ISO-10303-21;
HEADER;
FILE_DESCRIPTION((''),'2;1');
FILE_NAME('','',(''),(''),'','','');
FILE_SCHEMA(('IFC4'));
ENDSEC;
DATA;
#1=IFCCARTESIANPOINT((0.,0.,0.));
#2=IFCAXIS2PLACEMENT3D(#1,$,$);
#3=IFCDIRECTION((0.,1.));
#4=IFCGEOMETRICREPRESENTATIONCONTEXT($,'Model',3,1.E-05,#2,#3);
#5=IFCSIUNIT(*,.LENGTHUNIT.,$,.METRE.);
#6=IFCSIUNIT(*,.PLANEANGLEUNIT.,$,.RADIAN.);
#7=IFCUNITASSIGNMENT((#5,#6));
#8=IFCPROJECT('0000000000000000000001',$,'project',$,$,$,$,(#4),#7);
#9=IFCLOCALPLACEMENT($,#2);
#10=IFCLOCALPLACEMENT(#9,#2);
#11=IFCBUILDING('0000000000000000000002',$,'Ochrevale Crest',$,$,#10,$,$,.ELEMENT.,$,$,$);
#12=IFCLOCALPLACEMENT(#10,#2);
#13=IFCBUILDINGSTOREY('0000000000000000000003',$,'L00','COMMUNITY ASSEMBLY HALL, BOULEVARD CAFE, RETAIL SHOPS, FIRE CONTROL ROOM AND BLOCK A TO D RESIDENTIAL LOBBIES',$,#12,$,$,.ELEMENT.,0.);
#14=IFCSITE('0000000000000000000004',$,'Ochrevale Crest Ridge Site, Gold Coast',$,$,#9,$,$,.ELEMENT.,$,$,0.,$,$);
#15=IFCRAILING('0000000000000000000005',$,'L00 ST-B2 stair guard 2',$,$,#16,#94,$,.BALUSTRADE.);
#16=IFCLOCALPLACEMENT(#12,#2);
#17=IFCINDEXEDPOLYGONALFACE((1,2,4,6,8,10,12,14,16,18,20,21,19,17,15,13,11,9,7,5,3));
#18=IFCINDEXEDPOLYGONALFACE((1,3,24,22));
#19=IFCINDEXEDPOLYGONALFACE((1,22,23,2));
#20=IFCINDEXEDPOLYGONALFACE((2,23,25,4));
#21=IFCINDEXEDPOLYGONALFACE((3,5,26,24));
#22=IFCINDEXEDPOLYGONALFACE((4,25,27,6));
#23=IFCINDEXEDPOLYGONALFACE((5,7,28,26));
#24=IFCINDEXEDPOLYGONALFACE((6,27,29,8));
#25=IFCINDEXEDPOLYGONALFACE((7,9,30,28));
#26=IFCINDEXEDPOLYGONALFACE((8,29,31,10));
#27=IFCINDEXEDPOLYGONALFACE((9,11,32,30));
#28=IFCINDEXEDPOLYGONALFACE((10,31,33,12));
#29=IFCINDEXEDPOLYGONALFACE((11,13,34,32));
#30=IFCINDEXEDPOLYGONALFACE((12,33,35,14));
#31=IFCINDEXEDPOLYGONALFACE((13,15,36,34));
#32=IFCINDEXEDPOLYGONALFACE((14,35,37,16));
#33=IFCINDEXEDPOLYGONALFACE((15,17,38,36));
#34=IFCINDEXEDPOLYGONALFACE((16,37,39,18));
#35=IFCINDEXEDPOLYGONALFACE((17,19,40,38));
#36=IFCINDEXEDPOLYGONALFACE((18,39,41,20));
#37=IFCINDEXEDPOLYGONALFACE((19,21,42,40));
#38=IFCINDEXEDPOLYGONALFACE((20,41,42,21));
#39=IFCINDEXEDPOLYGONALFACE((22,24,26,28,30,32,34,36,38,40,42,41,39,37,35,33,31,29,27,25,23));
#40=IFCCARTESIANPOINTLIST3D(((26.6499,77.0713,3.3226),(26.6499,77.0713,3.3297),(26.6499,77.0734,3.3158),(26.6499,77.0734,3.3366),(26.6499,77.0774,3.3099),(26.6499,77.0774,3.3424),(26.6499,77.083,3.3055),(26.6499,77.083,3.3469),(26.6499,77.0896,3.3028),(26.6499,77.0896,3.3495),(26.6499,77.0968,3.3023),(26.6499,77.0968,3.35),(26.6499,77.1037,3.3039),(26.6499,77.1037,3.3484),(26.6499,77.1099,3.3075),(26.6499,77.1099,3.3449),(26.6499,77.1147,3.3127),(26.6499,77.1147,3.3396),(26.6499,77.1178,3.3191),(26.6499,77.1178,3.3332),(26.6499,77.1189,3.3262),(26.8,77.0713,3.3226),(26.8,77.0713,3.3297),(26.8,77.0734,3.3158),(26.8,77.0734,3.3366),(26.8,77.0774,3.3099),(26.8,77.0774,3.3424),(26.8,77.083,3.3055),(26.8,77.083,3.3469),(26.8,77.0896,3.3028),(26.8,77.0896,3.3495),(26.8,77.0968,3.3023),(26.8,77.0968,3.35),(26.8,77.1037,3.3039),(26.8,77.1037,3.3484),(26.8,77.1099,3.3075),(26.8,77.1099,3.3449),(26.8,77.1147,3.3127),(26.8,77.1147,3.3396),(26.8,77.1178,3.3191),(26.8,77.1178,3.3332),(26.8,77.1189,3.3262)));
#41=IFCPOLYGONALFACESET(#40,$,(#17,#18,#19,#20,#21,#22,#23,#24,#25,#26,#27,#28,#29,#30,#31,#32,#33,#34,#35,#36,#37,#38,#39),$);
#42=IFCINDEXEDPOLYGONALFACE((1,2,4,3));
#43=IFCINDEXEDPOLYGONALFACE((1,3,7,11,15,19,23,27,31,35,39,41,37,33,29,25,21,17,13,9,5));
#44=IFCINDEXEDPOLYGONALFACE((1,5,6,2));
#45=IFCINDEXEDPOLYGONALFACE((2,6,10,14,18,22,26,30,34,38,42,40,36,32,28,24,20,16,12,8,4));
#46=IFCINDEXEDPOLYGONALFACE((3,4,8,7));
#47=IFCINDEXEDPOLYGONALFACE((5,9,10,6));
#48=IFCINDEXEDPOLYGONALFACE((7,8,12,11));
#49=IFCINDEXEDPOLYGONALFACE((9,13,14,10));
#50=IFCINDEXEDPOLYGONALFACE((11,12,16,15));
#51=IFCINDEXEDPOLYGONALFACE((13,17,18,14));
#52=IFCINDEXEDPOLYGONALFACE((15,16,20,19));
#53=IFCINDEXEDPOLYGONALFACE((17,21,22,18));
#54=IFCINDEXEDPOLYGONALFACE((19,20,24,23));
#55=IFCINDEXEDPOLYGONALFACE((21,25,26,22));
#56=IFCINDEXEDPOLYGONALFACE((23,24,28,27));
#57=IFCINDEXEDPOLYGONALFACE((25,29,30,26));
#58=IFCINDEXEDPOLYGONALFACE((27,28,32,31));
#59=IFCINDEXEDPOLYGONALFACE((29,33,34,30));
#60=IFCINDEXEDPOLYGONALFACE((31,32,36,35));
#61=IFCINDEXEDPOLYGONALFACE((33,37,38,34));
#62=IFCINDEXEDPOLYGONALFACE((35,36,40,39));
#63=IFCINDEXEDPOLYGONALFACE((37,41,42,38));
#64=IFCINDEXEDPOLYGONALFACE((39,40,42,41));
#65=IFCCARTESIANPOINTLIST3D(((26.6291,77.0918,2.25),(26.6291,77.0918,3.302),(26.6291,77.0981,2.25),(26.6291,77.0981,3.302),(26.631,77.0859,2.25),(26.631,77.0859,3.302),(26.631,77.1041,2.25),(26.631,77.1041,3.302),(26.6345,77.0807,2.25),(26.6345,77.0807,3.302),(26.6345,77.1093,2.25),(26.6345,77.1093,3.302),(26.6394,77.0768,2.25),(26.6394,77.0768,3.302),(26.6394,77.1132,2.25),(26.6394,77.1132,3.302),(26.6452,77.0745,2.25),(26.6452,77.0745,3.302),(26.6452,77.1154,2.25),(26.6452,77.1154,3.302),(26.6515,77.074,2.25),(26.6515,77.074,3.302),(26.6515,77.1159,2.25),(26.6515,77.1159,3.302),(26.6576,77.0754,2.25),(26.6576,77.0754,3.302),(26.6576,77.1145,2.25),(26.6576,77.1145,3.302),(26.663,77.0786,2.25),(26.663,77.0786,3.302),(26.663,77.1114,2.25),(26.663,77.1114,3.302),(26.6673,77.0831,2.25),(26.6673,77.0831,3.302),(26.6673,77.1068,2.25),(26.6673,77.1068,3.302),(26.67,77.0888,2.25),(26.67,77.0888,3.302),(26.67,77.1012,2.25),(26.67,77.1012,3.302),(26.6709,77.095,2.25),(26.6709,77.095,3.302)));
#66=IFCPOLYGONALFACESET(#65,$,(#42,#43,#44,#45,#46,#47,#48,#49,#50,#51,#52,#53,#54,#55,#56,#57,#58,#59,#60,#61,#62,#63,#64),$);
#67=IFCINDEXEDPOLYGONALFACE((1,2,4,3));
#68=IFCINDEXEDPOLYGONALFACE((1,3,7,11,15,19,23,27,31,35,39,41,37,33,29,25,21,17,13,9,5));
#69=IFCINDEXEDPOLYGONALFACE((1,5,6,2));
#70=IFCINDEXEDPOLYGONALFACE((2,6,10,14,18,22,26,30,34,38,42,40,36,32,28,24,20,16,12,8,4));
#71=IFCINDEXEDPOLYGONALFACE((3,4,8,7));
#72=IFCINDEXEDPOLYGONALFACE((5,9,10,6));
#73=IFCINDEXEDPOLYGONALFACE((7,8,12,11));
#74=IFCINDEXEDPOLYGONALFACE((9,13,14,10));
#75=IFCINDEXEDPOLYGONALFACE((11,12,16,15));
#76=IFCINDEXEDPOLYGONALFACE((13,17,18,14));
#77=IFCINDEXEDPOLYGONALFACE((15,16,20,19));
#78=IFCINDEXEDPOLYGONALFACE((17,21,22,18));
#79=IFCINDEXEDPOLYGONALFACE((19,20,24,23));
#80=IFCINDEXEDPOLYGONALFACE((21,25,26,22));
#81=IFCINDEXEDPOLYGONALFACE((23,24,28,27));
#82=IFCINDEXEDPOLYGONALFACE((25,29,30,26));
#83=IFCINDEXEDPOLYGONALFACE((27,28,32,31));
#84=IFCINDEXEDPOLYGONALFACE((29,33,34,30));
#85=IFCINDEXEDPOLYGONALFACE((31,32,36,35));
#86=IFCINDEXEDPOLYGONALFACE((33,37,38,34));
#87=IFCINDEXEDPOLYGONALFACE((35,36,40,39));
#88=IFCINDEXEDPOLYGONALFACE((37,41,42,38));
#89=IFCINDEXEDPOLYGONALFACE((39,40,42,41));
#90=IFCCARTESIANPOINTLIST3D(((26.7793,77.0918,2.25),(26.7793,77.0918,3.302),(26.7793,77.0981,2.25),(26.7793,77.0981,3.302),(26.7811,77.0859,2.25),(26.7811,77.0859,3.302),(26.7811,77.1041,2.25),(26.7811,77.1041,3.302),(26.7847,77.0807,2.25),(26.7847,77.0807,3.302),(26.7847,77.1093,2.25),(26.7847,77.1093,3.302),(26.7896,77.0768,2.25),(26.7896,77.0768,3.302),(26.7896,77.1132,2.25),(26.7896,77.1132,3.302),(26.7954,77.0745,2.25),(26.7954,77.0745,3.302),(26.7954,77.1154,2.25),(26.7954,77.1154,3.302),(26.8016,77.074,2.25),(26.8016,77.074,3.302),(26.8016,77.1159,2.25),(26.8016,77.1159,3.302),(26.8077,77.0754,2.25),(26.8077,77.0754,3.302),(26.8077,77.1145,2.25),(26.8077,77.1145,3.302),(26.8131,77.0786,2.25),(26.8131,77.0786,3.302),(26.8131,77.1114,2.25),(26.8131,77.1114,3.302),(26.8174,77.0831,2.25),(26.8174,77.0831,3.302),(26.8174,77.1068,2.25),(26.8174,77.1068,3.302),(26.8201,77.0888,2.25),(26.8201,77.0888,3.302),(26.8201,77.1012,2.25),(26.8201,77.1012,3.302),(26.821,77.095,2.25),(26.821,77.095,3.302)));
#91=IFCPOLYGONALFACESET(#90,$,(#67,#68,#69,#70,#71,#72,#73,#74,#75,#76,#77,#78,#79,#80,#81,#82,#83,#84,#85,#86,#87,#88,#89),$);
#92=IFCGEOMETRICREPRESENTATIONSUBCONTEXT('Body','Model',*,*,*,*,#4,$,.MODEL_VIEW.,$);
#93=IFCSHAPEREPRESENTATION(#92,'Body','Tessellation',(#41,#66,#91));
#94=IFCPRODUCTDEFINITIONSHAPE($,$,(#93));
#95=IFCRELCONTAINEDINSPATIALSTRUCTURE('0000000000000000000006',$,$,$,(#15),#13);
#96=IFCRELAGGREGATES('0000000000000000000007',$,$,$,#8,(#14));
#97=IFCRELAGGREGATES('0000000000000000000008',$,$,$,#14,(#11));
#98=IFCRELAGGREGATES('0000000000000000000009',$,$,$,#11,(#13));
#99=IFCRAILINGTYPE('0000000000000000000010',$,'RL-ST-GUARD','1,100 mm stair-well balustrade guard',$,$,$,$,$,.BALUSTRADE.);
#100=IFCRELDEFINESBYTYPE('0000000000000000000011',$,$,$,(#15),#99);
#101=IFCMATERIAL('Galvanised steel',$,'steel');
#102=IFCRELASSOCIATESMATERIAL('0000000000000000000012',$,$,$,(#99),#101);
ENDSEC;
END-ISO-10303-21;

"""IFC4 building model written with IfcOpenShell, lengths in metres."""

from ifc_helpers import new_model, si_unit, direction, frame, origin, origin_2d, place, context, subcontext, project, spatial, circle, extrude, material, type_object, element, save


model = new_model("IFC4")

# Units and contexts
model_context = context("Model", 3, precision=1e-05, world=origin(), true_north=direction((0.0, 1.0)))
body_context = subcontext(model_context, "Body", "Model", "MODEL_VIEW")
ifc_project = project(units=[si_unit("LENGTHUNIT", "METRE"), si_unit("PLANEANGLEUNIT", "RADIAN")], contexts=[model_context])

# Site, building, storey
site_placement = place(None, origin())
site = spatial("IfcSite", under=ifc_project, at=site_placement, Name="Ochrevale Crest Ridge Site, Gold Coast", CompositionType="ELEMENT", RefElevation=0.0)
building_placement = place(site_placement, origin())
building = spatial("IfcBuilding", under=site, at=building_placement, Name="Ochrevale Crest", CompositionType="ELEMENT")
storey_placement = place(building_placement, origin())
storey = spatial("IfcBuildingStorey", under=building, at=storey_placement, Name="L00", Description="COMMUNITY ASSEMBLY HALL, BOULEVARD CAFE, RETAIL SHOPS, FIRE CONTROL ROOM AND BLOCK A TO D RESIDENTIAL LOBBIES", CompositionType="ELEMENT", Elevation=0.0)

# Railing
ifc_material_1 = material(Name="Galvanised steel", Category="steel")
railing_type_1 = type_object("IfcRailingType", Name="RL-ST-GUARD", Description="1,100 mm stair-well balustrade guard", PredefinedType="BALUSTRADE", material=ifc_material_1)
railing_1_placement = place(storey_placement, frame((26.6499, 77.095, 2.25)))
element("IfcRailing", 1, at=railing_1_placement, inside=storey, type_object=railing_type_1, Name="L00 ST-B2 stair guard 2", PredefinedType="BALUSTRADE", context=body_context, shape_type="SweptSolid", body=[
    extrude(circle(Radius=0.0239, at=origin_2d()), frame((0.0, 0.0, 1.0762), z_axis=(1.0, 0.0, 0.0), x_axis=(0.0, 1.0, 0.0)), (0.0, 0.0, 1.0), 0.1501),
    extrude(circle(Radius=0.021, at=origin_2d()), origin(), (0.0, 0.0, 1.0), 1.052),
    extrude(circle(Radius=0.021, at=origin_2d()), frame((0.1501, 0.0, 0.0)), (0.0, 0.0, 1.0), 1.052),
])

save(model, "model.ifc")
